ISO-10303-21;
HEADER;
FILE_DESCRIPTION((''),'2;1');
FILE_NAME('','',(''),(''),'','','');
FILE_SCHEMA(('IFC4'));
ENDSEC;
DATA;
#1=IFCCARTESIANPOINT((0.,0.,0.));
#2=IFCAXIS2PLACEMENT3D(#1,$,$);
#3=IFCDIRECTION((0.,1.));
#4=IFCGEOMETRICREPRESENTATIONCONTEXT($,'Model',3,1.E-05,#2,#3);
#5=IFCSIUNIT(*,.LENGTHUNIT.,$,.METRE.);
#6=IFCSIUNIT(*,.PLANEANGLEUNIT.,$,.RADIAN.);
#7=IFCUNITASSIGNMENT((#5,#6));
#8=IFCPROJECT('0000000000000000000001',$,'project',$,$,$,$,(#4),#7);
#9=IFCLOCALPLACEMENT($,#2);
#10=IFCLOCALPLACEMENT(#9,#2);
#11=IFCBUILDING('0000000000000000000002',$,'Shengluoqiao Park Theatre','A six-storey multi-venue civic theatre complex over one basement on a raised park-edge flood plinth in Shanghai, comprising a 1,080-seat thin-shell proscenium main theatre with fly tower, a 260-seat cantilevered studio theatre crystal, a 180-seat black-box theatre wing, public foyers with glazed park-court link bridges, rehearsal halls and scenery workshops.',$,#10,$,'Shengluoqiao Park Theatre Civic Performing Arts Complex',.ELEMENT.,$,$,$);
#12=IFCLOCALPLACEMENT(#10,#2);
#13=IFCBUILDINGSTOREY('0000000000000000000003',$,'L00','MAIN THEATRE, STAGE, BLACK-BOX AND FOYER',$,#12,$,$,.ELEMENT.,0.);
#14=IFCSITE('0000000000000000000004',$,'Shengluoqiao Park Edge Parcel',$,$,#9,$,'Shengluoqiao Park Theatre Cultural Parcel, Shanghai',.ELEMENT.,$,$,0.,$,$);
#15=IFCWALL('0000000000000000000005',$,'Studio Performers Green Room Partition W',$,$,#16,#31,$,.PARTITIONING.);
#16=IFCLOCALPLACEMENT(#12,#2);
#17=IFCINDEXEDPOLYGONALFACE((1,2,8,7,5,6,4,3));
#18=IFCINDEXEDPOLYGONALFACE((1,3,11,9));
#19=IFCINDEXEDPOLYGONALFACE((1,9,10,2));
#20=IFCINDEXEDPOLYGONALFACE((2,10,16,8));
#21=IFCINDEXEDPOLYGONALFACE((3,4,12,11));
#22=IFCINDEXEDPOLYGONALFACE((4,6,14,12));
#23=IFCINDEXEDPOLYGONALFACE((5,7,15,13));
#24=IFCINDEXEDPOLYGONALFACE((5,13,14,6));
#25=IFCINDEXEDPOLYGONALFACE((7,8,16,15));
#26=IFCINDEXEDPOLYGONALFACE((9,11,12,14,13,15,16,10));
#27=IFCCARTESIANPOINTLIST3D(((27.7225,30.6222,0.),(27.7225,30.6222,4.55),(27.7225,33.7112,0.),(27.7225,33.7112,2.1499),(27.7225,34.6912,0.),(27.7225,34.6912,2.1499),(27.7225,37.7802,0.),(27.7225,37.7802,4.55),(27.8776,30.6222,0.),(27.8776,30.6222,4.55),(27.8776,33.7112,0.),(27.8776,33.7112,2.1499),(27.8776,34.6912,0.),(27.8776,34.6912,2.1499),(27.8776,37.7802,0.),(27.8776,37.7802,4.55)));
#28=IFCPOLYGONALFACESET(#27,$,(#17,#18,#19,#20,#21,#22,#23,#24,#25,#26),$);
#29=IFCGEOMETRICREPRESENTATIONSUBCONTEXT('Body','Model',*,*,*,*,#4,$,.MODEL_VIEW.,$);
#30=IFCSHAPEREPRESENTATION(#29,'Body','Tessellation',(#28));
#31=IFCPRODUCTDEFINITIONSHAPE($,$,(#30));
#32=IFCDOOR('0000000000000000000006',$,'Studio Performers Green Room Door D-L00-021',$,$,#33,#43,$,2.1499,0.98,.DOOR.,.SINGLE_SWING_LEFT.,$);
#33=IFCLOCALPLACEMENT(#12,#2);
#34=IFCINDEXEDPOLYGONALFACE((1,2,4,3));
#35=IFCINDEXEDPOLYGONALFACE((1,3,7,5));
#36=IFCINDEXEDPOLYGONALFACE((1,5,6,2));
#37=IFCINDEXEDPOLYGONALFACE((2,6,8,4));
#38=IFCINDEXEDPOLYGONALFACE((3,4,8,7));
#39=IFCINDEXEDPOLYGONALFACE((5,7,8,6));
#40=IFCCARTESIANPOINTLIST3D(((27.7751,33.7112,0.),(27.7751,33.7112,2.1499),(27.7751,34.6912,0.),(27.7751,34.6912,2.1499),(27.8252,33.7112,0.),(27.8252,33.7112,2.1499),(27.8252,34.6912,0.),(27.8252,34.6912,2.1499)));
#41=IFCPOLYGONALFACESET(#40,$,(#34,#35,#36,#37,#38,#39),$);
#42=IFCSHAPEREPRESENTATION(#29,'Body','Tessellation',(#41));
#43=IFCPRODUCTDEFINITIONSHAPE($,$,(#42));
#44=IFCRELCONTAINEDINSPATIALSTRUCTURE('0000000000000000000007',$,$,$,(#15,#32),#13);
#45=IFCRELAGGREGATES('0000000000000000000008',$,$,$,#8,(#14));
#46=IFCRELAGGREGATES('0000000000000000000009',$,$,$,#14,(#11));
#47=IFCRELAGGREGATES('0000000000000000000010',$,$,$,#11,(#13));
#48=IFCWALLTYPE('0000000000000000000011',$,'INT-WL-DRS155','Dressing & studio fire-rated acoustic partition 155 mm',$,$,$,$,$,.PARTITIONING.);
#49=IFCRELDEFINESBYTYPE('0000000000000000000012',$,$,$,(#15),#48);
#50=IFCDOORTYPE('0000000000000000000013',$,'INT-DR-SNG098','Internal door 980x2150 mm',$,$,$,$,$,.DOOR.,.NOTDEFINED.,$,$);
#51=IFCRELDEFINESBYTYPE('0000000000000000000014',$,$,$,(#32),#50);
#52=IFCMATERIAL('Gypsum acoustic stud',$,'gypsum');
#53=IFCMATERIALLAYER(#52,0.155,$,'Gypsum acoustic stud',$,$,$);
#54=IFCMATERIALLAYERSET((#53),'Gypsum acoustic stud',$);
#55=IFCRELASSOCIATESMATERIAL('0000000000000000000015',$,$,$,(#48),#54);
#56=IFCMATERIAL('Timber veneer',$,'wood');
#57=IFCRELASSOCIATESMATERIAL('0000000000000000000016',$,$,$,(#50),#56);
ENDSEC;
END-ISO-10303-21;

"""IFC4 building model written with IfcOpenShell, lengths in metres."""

from ifc_helpers import new_model, si_unit, direction, frame, frame_2d, origin, place, context, subcontext, project, spatial, rectangle, extrude, material, layer, layer_set, type_object, element, fill, save


model = new_model("IFC4")

# Units and contexts
model_context = context("Model", 3, precision=1e-05, world=origin(), true_north=direction((0.0, 1.0)))
body_context = subcontext(model_context, "Body", "Model", "MODEL_VIEW")
ifc_project = project(units=[si_unit("LENGTHUNIT", "METRE"), si_unit("PLANEANGLEUNIT", "RADIAN")], contexts=[model_context])

# Site, building, storey
site_placement = place(None, origin())
site = spatial("IfcSite", under=ifc_project, at=site_placement, Name="Shengluoqiao Park Edge Parcel", LongName="Shengluoqiao Park Theatre Cultural Parcel, Shanghai", CompositionType="ELEMENT", RefElevation=0.0)
building_placement = place(site_placement, origin())
building = spatial("IfcBuilding", under=site, at=building_placement, Name="Shengluoqiao Park Theatre", Description="A six-storey multi-venue civic theatre complex over one basement on a raised park-edge flood plinth in Shanghai, comprising a 1,080-seat thin-shell proscenium main theatre with fly tower, a 260-seat cantilevered studio theatre crystal, a 180-seat black-box theatre wing, public foyers with glazed park-court link bridges, rehearsal halls and scenery workshops.", LongName="Shengluoqiao Park Theatre Civic Performing Arts Complex", CompositionType="ELEMENT")
storey_placement = place(building_placement, origin())
storey = spatial("IfcBuildingStorey", under=building, at=storey_placement, Name="L00", Description="MAIN THEATRE, STAGE, BLACK-BOX AND FOYER", CompositionType="ELEMENT", Elevation=0.0)

# Wall, opening, door
ifc_material_1 = material(Name="Gypsum acoustic stud", Category="gypsum")
ifc_layer_1 = layer(ifc_material_1, 0.155, Name="Gypsum acoustic stud")
ifc_layer_set_1 = layer_set([ifc_layer_1], Name="Gypsum acoustic stud")
wall_type = type_object("IfcWallType", Name="INT-WL-DRS155", Description="Dressing & studio fire-rated acoustic partition 155 mm", PredefinedType="PARTITIONING", material=ifc_layer_set_1)
wall_placement = place(storey_placement, frame((27.8, 30.6221, 0.0), z_axis=(0.0, 0.0, 1.0), x_axis=(0.0, 1.0, 0.0)))
wall = element("IfcWall", 1, at=wall_placement, inside=storey, type_object=wall_type, Name="Studio Performers Green Room Partition W", PredefinedType="PARTITIONING", context=body_context, shape_type="SweptSolid", body=[
    extrude(rectangle(XDim=7.158, YDim=0.155, at=frame_2d((3.5791, 0.0))), origin(), (0.0, 0.0, 1.0), 4.55),
])
opening_placement = place(wall_placement, frame((3.0891, 0.0, 0.0)))
opening = element("IfcOpeningElement", 2, at=opening_placement, cuts=wall, PredefinedType="OPENING", context=body_context, shape_type="SweptSolid", body=[
    extrude(rectangle(XDim=0.98, YDim=2.1499, at=frame_2d((0.49, 1.075))), frame((0.0, 0.0874, 0.0), z_axis=(0.0, -1.0, 0.0), x_axis=(1.0, 0.0, 0.0)), (0.0, 0.0, 1.0), 0.175),
])
ifc_material_2 = material(Name="Timber veneer", Category="wood")
door_type = type_object("IfcDoorType", Name="INT-DR-SNG098", Description="Internal door 980x2150 mm", OperationType="NOTDEFINED", PredefinedType="DOOR", material=ifc_material_2)
door_placement = place(opening_placement, origin())
door = element("IfcDoor", 3, at=door_placement, inside=storey, type_object=door_type, Name="Studio Performers Green Room Door D-L00-021", OperationType="SINGLE_SWING_LEFT", OverallHeight=2.1499, OverallWidth=0.98, PredefinedType="DOOR", context=body_context, shape_type="SweptSolid", body=[
    extrude(rectangle(XDim=0.98, YDim=2.1499, at=frame_2d((0.49, 1.075))), frame((0.0, 0.0249, 0.0), z_axis=(0.0, -1.0, 0.0), x_axis=(1.0, 0.0, 0.0)), (0.0, 0.0, 1.0), 0.05),
])
fill(opening, door)

save(model, "model.ifc")
